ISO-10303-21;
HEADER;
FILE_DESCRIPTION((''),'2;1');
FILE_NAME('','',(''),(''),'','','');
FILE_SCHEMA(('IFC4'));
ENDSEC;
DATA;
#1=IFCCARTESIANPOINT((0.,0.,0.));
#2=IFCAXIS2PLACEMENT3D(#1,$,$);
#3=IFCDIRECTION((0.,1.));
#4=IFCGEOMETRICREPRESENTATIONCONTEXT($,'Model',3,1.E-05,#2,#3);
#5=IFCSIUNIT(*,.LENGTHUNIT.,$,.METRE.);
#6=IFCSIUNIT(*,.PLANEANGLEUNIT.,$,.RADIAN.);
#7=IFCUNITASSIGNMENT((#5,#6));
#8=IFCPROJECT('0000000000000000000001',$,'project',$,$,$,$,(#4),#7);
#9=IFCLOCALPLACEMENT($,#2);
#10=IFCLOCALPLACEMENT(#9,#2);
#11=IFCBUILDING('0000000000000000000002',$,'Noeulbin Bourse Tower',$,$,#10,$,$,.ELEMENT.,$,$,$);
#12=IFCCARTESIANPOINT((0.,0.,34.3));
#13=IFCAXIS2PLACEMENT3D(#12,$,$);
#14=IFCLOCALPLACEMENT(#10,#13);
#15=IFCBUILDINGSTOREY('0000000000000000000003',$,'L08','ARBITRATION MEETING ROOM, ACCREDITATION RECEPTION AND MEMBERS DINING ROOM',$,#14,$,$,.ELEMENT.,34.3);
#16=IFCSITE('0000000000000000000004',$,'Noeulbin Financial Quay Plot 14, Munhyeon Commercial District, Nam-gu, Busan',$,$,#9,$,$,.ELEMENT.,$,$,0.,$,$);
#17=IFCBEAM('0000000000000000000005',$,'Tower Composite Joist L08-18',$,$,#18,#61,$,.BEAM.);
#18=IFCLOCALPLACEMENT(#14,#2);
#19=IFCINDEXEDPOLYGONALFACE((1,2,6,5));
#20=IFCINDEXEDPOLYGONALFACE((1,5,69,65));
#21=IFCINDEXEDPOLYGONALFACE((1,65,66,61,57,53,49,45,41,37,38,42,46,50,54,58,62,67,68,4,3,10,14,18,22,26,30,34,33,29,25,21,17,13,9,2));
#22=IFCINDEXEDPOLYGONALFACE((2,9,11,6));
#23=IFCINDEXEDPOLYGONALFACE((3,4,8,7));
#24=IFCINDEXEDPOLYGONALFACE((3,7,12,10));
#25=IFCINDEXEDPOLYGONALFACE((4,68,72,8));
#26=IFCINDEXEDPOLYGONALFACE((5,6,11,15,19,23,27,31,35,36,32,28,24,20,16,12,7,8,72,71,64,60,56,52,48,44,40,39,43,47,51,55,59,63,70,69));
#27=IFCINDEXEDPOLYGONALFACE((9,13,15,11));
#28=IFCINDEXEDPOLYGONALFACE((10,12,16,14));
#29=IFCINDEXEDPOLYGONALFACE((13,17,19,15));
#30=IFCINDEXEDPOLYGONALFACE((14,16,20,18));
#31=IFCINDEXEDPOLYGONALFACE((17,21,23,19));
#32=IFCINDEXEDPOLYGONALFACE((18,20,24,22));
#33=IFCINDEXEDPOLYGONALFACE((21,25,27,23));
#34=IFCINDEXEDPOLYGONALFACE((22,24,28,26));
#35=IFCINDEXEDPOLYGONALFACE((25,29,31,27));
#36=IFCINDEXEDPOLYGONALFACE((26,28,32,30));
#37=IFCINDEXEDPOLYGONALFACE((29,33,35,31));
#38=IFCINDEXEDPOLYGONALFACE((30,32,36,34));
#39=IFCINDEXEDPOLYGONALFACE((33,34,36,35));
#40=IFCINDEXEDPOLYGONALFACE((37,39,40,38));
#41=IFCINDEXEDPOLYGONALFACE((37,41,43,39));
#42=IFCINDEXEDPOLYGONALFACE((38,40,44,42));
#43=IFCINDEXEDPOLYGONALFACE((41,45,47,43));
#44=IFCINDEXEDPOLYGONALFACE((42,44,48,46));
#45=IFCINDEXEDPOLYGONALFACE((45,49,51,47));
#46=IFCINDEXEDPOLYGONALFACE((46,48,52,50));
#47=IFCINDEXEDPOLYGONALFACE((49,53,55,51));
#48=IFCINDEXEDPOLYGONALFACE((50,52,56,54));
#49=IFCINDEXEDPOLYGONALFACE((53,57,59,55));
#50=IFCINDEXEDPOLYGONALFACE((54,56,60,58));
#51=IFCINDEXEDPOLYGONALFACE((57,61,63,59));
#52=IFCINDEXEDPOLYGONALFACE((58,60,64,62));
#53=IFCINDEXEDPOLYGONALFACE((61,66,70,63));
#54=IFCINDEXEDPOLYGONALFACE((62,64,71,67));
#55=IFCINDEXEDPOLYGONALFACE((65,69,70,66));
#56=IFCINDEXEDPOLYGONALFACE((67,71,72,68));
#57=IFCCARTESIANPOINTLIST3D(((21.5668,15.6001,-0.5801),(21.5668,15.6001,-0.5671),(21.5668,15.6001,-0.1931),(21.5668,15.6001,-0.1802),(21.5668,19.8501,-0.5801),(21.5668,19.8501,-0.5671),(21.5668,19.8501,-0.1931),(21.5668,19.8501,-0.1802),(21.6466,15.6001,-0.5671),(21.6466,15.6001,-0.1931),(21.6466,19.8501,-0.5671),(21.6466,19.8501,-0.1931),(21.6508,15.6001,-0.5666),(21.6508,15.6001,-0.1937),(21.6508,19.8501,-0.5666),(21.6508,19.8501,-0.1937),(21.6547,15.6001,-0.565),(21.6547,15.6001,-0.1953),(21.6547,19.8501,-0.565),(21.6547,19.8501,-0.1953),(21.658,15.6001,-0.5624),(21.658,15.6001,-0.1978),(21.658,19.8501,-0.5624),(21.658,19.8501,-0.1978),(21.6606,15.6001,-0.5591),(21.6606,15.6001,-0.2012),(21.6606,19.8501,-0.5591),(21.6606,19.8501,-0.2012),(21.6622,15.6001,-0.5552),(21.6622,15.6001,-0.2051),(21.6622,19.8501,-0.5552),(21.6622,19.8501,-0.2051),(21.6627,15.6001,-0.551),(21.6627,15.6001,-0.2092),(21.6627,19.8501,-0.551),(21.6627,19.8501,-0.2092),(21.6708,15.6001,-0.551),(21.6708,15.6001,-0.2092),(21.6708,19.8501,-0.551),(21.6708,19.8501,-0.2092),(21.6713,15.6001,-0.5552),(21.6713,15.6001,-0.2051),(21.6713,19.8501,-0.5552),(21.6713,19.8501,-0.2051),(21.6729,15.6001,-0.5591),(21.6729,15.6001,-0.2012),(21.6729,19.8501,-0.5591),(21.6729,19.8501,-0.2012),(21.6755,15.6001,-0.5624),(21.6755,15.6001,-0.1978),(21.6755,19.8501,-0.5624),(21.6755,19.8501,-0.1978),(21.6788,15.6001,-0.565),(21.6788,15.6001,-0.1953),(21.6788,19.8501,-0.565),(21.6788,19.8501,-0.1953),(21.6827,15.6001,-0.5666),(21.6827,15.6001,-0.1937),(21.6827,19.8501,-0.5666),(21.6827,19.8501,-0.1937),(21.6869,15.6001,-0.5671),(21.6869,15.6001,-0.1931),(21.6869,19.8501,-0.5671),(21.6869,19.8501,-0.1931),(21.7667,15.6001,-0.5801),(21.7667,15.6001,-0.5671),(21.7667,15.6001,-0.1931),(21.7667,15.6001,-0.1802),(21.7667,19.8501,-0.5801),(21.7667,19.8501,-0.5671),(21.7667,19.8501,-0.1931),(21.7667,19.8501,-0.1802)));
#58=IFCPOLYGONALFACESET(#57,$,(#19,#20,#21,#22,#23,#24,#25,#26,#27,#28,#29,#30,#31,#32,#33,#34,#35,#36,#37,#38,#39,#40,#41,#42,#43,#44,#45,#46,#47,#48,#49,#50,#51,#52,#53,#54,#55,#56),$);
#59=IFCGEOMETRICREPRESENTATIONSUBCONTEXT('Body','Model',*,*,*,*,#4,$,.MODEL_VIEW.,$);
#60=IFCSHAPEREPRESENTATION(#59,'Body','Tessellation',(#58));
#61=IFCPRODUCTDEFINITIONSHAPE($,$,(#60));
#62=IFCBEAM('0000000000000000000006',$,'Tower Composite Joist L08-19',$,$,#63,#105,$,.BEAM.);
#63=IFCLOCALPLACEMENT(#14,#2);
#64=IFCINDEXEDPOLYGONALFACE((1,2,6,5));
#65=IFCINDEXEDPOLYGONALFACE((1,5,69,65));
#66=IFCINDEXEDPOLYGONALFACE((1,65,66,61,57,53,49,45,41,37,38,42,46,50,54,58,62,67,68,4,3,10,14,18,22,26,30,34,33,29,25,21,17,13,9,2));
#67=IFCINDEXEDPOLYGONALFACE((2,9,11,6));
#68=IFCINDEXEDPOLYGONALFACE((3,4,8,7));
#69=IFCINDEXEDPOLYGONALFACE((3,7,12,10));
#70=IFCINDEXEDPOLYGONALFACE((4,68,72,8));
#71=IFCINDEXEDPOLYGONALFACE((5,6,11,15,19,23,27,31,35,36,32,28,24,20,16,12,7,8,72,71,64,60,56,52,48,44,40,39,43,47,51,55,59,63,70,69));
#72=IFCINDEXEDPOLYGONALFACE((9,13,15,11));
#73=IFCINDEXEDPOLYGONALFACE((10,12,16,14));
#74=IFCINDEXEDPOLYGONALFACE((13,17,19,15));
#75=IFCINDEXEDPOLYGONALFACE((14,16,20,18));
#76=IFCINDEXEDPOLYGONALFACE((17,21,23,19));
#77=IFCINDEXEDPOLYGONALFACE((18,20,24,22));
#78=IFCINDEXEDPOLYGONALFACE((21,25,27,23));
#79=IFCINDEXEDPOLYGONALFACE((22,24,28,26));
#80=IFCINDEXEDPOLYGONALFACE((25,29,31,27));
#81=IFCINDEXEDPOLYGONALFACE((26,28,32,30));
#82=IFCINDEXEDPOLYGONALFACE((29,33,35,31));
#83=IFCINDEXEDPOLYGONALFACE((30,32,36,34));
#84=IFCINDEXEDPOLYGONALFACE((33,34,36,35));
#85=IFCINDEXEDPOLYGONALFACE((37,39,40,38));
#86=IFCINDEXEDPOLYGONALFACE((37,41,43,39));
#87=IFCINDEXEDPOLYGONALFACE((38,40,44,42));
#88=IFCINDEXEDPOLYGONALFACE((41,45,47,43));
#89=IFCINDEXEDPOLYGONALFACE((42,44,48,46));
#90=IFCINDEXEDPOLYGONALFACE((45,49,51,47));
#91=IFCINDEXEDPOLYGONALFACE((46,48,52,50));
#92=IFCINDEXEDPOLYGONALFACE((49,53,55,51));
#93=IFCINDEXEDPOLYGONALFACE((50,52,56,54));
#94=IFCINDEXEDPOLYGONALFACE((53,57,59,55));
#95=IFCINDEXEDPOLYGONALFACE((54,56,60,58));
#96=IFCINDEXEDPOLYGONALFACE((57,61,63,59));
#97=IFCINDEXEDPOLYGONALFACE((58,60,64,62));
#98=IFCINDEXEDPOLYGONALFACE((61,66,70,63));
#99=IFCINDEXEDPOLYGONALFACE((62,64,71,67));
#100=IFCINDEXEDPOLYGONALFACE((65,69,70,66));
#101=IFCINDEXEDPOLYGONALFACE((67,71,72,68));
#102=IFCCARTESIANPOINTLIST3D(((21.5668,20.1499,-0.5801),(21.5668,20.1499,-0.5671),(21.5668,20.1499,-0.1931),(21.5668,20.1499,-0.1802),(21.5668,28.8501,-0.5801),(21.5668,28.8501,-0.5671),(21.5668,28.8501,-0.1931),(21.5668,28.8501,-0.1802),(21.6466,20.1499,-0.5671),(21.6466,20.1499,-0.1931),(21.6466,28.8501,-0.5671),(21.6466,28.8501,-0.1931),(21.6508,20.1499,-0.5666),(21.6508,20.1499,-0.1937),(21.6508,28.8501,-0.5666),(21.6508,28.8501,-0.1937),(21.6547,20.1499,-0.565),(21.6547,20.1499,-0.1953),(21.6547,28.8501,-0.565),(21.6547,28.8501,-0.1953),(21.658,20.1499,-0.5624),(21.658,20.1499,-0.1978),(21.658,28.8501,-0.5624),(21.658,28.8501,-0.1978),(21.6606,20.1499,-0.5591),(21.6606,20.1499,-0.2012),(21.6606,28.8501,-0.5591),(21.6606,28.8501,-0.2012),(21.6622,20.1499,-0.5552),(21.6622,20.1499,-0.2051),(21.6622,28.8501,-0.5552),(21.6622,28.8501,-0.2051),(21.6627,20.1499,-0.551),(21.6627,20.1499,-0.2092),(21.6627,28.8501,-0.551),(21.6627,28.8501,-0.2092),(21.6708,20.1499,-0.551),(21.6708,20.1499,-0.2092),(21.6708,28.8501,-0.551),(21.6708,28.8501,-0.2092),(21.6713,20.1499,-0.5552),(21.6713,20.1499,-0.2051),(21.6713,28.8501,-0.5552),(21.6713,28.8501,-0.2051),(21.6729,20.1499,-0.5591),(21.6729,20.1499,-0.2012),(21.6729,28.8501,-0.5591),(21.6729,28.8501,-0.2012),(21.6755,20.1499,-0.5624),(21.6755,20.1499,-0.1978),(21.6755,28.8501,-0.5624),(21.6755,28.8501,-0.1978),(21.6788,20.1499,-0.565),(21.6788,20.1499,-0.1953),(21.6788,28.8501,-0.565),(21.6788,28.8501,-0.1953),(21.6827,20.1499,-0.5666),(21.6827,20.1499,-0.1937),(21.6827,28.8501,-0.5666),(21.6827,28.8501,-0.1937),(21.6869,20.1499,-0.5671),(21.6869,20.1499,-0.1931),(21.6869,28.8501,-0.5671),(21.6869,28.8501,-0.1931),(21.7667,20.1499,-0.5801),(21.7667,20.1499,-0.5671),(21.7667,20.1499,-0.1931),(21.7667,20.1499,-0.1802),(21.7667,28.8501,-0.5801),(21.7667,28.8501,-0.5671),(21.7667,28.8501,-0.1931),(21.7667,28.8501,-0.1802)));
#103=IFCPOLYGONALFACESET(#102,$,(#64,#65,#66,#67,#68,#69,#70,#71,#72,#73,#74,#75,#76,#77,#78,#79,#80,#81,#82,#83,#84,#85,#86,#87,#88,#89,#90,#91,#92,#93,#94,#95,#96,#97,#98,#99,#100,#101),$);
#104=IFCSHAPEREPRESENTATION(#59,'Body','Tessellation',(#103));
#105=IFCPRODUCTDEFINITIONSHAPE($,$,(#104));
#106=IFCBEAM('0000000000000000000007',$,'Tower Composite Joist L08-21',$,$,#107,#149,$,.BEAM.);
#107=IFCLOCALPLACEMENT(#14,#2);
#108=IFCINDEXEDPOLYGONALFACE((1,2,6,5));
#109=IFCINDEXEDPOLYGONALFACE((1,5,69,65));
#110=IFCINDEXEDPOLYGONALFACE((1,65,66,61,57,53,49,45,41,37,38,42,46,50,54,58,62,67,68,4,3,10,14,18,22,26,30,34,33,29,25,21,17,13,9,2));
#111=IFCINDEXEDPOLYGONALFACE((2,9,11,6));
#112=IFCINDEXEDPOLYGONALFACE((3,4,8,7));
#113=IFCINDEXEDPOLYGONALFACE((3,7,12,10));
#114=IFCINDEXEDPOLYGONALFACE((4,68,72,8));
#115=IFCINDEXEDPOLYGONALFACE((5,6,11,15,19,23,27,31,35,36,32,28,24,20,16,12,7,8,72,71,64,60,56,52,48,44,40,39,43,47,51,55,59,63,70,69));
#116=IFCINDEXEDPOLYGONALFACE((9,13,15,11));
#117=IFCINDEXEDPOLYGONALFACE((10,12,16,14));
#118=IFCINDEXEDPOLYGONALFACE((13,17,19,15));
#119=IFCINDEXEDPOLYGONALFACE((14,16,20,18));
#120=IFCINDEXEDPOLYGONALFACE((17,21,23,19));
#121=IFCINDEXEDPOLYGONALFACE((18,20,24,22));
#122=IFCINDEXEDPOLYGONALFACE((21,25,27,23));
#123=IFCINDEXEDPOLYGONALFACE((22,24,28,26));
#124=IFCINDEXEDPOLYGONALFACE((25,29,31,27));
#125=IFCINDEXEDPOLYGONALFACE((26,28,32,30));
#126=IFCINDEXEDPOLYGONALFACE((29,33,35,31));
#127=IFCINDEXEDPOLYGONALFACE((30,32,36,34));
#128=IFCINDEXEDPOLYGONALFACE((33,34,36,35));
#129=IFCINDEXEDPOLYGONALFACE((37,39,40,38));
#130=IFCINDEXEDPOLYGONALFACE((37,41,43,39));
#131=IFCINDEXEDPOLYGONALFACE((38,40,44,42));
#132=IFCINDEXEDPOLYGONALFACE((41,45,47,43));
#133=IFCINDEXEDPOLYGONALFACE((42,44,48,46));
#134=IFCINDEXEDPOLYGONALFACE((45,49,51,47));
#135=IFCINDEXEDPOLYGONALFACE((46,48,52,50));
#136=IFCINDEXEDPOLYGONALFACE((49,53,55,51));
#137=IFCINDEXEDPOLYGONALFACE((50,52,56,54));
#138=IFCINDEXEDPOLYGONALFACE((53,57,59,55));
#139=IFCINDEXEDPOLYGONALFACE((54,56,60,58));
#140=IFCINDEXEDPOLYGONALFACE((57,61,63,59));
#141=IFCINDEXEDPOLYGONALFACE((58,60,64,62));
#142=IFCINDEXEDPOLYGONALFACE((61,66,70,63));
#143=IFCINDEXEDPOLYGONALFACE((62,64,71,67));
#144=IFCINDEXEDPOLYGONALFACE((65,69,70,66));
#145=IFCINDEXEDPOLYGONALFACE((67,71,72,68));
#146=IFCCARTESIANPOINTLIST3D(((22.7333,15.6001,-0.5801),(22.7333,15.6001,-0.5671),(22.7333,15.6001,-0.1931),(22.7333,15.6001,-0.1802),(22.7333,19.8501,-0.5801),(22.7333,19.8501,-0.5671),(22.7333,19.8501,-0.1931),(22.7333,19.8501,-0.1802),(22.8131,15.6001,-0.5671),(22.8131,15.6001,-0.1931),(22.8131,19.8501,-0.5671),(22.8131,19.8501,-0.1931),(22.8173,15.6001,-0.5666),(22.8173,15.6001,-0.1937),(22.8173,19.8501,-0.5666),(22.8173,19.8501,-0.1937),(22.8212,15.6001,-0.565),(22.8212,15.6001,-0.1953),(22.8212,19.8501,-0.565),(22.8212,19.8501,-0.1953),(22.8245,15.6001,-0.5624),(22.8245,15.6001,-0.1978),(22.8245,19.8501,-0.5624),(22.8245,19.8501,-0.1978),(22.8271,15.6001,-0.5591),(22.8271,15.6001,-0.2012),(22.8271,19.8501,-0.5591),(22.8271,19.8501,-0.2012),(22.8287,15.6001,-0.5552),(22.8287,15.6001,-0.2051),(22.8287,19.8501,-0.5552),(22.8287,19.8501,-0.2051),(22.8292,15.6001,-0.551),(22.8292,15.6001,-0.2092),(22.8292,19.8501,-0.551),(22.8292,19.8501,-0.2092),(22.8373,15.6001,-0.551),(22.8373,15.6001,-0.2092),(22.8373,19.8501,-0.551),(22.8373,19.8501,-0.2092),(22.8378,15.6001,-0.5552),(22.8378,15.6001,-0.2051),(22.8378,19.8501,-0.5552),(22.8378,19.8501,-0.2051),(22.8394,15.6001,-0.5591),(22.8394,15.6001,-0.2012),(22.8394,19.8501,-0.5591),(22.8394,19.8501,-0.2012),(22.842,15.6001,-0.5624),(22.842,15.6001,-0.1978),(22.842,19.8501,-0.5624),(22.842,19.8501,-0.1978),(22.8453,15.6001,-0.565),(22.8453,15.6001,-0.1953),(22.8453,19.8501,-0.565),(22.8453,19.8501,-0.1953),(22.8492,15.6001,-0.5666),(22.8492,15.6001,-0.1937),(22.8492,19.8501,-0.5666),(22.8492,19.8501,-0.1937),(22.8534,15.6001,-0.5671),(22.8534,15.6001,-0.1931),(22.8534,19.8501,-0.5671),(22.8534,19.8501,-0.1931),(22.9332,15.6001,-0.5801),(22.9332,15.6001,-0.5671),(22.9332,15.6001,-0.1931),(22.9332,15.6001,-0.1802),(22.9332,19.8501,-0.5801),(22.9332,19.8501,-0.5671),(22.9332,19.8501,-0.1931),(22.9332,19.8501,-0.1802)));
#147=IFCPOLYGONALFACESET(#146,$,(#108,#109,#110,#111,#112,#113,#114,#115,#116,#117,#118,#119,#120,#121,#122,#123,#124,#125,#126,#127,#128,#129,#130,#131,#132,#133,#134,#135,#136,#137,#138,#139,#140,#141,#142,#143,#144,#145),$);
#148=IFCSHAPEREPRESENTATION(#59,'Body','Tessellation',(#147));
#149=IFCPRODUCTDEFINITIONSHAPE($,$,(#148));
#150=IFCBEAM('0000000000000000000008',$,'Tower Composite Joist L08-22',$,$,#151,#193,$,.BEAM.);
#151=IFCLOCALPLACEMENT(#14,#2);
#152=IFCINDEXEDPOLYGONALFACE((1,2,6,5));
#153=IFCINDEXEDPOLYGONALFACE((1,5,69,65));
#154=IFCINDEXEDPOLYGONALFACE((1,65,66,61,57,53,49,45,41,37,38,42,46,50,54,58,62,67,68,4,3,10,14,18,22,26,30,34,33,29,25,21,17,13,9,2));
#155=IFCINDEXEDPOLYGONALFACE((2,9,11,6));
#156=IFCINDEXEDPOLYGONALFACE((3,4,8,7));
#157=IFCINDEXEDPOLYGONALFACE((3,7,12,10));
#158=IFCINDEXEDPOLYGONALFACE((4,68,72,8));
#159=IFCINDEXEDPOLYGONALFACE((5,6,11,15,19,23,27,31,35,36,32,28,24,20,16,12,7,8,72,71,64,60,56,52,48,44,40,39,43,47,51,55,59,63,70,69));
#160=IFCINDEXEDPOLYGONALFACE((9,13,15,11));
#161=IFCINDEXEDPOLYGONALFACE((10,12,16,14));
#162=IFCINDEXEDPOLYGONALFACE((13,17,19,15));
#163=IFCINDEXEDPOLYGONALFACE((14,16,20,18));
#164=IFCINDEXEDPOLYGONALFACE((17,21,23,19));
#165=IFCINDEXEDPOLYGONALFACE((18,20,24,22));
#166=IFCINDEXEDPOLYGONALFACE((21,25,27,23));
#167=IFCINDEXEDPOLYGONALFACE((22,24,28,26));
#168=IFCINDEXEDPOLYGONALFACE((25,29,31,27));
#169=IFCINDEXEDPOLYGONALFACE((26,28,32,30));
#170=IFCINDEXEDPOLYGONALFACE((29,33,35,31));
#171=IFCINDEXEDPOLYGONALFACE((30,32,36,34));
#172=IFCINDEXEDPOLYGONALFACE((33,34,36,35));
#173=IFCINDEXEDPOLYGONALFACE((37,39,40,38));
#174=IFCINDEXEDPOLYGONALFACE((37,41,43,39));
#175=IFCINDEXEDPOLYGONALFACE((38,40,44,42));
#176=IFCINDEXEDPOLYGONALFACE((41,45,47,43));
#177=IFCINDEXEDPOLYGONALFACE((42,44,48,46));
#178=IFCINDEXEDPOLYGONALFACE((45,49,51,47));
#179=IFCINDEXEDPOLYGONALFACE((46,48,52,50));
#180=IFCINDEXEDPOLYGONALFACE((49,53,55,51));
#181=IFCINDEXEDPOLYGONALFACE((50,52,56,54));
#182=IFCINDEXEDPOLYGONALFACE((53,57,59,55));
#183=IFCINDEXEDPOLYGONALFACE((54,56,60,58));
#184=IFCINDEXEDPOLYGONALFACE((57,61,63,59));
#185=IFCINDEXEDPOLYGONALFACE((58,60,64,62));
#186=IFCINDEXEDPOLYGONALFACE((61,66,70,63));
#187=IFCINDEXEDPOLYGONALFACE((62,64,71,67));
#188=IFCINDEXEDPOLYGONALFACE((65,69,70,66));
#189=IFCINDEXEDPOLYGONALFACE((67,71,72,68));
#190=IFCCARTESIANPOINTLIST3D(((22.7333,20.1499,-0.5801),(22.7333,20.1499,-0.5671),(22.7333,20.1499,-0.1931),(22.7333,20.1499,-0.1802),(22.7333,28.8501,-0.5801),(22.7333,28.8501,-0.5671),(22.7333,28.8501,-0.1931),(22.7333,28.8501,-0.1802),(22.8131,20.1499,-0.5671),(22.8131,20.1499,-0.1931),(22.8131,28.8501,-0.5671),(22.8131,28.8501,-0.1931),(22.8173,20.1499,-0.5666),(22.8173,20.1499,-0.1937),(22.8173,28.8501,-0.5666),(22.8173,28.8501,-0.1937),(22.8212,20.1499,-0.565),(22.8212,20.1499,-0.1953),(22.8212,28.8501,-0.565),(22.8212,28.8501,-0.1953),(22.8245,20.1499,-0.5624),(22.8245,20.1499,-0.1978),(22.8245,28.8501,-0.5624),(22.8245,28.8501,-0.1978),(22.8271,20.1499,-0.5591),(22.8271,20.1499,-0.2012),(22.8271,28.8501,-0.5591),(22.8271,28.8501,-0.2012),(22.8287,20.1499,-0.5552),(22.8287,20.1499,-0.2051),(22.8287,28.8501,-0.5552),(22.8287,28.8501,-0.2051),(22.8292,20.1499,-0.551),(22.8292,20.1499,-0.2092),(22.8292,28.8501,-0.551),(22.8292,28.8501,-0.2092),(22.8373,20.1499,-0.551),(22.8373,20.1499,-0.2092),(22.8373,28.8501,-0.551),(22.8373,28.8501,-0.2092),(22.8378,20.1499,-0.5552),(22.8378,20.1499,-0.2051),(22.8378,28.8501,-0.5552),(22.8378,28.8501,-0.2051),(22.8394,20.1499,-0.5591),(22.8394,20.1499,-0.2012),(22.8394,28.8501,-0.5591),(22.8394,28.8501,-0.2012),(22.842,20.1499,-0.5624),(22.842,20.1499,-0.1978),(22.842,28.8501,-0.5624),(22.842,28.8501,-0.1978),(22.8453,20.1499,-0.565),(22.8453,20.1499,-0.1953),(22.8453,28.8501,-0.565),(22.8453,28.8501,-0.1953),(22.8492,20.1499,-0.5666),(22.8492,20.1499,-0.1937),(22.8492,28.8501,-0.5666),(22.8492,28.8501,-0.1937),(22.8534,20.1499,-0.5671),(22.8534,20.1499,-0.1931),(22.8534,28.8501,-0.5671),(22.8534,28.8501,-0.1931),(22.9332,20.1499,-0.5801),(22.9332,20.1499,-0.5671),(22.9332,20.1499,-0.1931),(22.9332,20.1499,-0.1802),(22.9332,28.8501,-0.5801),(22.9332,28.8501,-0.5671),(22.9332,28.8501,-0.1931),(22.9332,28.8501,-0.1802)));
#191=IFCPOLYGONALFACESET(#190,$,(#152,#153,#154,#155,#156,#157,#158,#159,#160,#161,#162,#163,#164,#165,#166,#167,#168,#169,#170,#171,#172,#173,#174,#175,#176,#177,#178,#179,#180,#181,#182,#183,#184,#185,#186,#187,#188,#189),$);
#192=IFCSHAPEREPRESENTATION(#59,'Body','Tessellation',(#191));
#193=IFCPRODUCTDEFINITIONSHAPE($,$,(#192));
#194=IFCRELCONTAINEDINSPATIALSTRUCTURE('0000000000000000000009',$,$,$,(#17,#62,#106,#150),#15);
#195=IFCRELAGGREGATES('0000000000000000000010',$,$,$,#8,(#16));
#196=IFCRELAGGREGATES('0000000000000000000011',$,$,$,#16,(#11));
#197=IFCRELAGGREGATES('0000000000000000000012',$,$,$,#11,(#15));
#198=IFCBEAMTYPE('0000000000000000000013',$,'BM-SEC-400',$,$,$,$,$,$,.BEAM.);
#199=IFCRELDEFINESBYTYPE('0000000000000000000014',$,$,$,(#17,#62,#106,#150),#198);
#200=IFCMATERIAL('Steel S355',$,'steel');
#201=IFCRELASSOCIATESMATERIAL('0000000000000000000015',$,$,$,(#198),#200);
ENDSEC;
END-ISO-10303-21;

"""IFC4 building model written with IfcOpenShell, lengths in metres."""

from ifc_helpers import new_model, si_unit, direction, frame, origin, origin_2d, place, context, subcontext, project, spatial, i_section, extrude, material, material_profile, profile_set, type_object, element, save


model = new_model("IFC4")

# Units and contexts
model_context = context("Model", 3, precision=1e-05, world=origin(), true_north=direction((0.0, 1.0)))
body_context = subcontext(model_context, "Body", "Model", "MODEL_VIEW")
ifc_project = project(units=[si_unit("LENGTHUNIT", "METRE"), si_unit("PLANEANGLEUNIT", "RADIAN")], contexts=[model_context])

# Site, building, storey
site_placement = place(None, origin())
site = spatial("IfcSite", under=ifc_project, at=site_placement, Name="Noeulbin Financial Quay Plot 14, Munhyeon Commercial District, Nam-gu, Busan", CompositionType="ELEMENT", RefElevation=0.0)
building_placement = place(site_placement, origin())
building = spatial("IfcBuilding", under=site, at=building_placement, Name="Noeulbin Bourse Tower", CompositionType="ELEMENT")
storey_placement = place(building_placement, frame((0.0, 0.0, 34.3)))
storey = spatial("IfcBuildingStorey", under=building, at=storey_placement, Name="L08", Description="ARBITRATION MEETING ROOM, ACCREDITATION RECEPTION AND MEMBERS DINING ROOM", CompositionType="ELEMENT", Elevation=34.3)

# Beams
ifc_material_1 = material(Name="Steel S355", Category="steel")
ifc_material_profile_1 = material_profile(ifc_material_1, i_section(OverallWidth=0.2, OverallDepth=0.3999, WebThickness=0.0081, FlangeThickness=0.0129, FilletRadius=0.0161, at=origin_2d()), Name="H-400x200x8x13", Category="LoadBearing")
ifc_profile_set_1 = profile_set([ifc_material_profile_1], Name="Steel S355")
beam_type_1 = type_object("IfcBeamType", Name="BM-SEC-400", PredefinedType="BEAM", material=ifc_profile_set_1)
beam_1_placement = place(storey_placement, frame((21.6667, 15.6001, -0.3801), z_axis=(0.0, 1.0, 0.0), x_axis=(-1.0, 0.0, 0.0)))
element("IfcBeam", 1, at=beam_1_placement, inside=storey, type_object=beam_type_1, Name="Tower Composite Joist L08-18", PredefinedType="BEAM", context=body_context, shape_type="SweptSolid", body=[
    extrude(i_section(OverallWidth=0.2, OverallDepth=0.3999, WebThickness=0.0081, FlangeThickness=0.0129, FilletRadius=0.0161, at=origin_2d()), origin(), (0.0, 0.0, 1.0), 4.25),
])
beam_2_placement = place(storey_placement, frame((21.6667, 20.1499, -0.3801), z_axis=(0.0, 1.0, 0.0), x_axis=(-1.0, 0.0, 0.0)))
element("IfcBeam", 2, at=beam_2_placement, inside=storey, type_object=beam_type_1, Name="Tower Composite Joist L08-19", PredefinedType="BEAM", context=body_context, shape_type="SweptSolid", body=[
    extrude(i_section(OverallWidth=0.2, OverallDepth=0.3999, WebThickness=0.0081, FlangeThickness=0.0129, FilletRadius=0.0161, at=origin_2d()), origin(), (0.0, 0.0, 1.0), 8.7002),
])
beam_3_placement = place(storey_placement, frame((22.8333, 15.6001, -0.3801), z_axis=(0.0, 1.0, 0.0), x_axis=(-1.0, 0.0, 0.0)))
element("IfcBeam", 3, at=beam_3_placement, inside=storey, type_object=beam_type_1, Name="Tower Composite Joist L08-21", PredefinedType="BEAM", context=body_context, shape_type="SweptSolid", body=[
    extrude(i_section(OverallWidth=0.2, OverallDepth=0.3999, WebThickness=0.0081, FlangeThickness=0.0129, FilletRadius=0.0161, at=origin_2d()), origin(), (0.0, 0.0, 1.0), 4.25),
])
beam_4_placement = place(storey_placement, frame((22.8333, 20.1499, -0.3801), z_axis=(0.0, 1.0, 0.0), x_axis=(-1.0, 0.0, 0.0)))
element("IfcBeam", 4, at=beam_4_placement, inside=storey, type_object=beam_type_1, Name="Tower Composite Joist L08-22", PredefinedType="BEAM", context=body_context, shape_type="SweptSolid", body=[
    extrude(i_section(OverallWidth=0.2, OverallDepth=0.3999, WebThickness=0.0081, FlangeThickness=0.0129, FilletRadius=0.0161, at=origin_2d()), origin(), (0.0, 0.0, 1.0), 8.7002),
])

save(model, "model.ifc")
